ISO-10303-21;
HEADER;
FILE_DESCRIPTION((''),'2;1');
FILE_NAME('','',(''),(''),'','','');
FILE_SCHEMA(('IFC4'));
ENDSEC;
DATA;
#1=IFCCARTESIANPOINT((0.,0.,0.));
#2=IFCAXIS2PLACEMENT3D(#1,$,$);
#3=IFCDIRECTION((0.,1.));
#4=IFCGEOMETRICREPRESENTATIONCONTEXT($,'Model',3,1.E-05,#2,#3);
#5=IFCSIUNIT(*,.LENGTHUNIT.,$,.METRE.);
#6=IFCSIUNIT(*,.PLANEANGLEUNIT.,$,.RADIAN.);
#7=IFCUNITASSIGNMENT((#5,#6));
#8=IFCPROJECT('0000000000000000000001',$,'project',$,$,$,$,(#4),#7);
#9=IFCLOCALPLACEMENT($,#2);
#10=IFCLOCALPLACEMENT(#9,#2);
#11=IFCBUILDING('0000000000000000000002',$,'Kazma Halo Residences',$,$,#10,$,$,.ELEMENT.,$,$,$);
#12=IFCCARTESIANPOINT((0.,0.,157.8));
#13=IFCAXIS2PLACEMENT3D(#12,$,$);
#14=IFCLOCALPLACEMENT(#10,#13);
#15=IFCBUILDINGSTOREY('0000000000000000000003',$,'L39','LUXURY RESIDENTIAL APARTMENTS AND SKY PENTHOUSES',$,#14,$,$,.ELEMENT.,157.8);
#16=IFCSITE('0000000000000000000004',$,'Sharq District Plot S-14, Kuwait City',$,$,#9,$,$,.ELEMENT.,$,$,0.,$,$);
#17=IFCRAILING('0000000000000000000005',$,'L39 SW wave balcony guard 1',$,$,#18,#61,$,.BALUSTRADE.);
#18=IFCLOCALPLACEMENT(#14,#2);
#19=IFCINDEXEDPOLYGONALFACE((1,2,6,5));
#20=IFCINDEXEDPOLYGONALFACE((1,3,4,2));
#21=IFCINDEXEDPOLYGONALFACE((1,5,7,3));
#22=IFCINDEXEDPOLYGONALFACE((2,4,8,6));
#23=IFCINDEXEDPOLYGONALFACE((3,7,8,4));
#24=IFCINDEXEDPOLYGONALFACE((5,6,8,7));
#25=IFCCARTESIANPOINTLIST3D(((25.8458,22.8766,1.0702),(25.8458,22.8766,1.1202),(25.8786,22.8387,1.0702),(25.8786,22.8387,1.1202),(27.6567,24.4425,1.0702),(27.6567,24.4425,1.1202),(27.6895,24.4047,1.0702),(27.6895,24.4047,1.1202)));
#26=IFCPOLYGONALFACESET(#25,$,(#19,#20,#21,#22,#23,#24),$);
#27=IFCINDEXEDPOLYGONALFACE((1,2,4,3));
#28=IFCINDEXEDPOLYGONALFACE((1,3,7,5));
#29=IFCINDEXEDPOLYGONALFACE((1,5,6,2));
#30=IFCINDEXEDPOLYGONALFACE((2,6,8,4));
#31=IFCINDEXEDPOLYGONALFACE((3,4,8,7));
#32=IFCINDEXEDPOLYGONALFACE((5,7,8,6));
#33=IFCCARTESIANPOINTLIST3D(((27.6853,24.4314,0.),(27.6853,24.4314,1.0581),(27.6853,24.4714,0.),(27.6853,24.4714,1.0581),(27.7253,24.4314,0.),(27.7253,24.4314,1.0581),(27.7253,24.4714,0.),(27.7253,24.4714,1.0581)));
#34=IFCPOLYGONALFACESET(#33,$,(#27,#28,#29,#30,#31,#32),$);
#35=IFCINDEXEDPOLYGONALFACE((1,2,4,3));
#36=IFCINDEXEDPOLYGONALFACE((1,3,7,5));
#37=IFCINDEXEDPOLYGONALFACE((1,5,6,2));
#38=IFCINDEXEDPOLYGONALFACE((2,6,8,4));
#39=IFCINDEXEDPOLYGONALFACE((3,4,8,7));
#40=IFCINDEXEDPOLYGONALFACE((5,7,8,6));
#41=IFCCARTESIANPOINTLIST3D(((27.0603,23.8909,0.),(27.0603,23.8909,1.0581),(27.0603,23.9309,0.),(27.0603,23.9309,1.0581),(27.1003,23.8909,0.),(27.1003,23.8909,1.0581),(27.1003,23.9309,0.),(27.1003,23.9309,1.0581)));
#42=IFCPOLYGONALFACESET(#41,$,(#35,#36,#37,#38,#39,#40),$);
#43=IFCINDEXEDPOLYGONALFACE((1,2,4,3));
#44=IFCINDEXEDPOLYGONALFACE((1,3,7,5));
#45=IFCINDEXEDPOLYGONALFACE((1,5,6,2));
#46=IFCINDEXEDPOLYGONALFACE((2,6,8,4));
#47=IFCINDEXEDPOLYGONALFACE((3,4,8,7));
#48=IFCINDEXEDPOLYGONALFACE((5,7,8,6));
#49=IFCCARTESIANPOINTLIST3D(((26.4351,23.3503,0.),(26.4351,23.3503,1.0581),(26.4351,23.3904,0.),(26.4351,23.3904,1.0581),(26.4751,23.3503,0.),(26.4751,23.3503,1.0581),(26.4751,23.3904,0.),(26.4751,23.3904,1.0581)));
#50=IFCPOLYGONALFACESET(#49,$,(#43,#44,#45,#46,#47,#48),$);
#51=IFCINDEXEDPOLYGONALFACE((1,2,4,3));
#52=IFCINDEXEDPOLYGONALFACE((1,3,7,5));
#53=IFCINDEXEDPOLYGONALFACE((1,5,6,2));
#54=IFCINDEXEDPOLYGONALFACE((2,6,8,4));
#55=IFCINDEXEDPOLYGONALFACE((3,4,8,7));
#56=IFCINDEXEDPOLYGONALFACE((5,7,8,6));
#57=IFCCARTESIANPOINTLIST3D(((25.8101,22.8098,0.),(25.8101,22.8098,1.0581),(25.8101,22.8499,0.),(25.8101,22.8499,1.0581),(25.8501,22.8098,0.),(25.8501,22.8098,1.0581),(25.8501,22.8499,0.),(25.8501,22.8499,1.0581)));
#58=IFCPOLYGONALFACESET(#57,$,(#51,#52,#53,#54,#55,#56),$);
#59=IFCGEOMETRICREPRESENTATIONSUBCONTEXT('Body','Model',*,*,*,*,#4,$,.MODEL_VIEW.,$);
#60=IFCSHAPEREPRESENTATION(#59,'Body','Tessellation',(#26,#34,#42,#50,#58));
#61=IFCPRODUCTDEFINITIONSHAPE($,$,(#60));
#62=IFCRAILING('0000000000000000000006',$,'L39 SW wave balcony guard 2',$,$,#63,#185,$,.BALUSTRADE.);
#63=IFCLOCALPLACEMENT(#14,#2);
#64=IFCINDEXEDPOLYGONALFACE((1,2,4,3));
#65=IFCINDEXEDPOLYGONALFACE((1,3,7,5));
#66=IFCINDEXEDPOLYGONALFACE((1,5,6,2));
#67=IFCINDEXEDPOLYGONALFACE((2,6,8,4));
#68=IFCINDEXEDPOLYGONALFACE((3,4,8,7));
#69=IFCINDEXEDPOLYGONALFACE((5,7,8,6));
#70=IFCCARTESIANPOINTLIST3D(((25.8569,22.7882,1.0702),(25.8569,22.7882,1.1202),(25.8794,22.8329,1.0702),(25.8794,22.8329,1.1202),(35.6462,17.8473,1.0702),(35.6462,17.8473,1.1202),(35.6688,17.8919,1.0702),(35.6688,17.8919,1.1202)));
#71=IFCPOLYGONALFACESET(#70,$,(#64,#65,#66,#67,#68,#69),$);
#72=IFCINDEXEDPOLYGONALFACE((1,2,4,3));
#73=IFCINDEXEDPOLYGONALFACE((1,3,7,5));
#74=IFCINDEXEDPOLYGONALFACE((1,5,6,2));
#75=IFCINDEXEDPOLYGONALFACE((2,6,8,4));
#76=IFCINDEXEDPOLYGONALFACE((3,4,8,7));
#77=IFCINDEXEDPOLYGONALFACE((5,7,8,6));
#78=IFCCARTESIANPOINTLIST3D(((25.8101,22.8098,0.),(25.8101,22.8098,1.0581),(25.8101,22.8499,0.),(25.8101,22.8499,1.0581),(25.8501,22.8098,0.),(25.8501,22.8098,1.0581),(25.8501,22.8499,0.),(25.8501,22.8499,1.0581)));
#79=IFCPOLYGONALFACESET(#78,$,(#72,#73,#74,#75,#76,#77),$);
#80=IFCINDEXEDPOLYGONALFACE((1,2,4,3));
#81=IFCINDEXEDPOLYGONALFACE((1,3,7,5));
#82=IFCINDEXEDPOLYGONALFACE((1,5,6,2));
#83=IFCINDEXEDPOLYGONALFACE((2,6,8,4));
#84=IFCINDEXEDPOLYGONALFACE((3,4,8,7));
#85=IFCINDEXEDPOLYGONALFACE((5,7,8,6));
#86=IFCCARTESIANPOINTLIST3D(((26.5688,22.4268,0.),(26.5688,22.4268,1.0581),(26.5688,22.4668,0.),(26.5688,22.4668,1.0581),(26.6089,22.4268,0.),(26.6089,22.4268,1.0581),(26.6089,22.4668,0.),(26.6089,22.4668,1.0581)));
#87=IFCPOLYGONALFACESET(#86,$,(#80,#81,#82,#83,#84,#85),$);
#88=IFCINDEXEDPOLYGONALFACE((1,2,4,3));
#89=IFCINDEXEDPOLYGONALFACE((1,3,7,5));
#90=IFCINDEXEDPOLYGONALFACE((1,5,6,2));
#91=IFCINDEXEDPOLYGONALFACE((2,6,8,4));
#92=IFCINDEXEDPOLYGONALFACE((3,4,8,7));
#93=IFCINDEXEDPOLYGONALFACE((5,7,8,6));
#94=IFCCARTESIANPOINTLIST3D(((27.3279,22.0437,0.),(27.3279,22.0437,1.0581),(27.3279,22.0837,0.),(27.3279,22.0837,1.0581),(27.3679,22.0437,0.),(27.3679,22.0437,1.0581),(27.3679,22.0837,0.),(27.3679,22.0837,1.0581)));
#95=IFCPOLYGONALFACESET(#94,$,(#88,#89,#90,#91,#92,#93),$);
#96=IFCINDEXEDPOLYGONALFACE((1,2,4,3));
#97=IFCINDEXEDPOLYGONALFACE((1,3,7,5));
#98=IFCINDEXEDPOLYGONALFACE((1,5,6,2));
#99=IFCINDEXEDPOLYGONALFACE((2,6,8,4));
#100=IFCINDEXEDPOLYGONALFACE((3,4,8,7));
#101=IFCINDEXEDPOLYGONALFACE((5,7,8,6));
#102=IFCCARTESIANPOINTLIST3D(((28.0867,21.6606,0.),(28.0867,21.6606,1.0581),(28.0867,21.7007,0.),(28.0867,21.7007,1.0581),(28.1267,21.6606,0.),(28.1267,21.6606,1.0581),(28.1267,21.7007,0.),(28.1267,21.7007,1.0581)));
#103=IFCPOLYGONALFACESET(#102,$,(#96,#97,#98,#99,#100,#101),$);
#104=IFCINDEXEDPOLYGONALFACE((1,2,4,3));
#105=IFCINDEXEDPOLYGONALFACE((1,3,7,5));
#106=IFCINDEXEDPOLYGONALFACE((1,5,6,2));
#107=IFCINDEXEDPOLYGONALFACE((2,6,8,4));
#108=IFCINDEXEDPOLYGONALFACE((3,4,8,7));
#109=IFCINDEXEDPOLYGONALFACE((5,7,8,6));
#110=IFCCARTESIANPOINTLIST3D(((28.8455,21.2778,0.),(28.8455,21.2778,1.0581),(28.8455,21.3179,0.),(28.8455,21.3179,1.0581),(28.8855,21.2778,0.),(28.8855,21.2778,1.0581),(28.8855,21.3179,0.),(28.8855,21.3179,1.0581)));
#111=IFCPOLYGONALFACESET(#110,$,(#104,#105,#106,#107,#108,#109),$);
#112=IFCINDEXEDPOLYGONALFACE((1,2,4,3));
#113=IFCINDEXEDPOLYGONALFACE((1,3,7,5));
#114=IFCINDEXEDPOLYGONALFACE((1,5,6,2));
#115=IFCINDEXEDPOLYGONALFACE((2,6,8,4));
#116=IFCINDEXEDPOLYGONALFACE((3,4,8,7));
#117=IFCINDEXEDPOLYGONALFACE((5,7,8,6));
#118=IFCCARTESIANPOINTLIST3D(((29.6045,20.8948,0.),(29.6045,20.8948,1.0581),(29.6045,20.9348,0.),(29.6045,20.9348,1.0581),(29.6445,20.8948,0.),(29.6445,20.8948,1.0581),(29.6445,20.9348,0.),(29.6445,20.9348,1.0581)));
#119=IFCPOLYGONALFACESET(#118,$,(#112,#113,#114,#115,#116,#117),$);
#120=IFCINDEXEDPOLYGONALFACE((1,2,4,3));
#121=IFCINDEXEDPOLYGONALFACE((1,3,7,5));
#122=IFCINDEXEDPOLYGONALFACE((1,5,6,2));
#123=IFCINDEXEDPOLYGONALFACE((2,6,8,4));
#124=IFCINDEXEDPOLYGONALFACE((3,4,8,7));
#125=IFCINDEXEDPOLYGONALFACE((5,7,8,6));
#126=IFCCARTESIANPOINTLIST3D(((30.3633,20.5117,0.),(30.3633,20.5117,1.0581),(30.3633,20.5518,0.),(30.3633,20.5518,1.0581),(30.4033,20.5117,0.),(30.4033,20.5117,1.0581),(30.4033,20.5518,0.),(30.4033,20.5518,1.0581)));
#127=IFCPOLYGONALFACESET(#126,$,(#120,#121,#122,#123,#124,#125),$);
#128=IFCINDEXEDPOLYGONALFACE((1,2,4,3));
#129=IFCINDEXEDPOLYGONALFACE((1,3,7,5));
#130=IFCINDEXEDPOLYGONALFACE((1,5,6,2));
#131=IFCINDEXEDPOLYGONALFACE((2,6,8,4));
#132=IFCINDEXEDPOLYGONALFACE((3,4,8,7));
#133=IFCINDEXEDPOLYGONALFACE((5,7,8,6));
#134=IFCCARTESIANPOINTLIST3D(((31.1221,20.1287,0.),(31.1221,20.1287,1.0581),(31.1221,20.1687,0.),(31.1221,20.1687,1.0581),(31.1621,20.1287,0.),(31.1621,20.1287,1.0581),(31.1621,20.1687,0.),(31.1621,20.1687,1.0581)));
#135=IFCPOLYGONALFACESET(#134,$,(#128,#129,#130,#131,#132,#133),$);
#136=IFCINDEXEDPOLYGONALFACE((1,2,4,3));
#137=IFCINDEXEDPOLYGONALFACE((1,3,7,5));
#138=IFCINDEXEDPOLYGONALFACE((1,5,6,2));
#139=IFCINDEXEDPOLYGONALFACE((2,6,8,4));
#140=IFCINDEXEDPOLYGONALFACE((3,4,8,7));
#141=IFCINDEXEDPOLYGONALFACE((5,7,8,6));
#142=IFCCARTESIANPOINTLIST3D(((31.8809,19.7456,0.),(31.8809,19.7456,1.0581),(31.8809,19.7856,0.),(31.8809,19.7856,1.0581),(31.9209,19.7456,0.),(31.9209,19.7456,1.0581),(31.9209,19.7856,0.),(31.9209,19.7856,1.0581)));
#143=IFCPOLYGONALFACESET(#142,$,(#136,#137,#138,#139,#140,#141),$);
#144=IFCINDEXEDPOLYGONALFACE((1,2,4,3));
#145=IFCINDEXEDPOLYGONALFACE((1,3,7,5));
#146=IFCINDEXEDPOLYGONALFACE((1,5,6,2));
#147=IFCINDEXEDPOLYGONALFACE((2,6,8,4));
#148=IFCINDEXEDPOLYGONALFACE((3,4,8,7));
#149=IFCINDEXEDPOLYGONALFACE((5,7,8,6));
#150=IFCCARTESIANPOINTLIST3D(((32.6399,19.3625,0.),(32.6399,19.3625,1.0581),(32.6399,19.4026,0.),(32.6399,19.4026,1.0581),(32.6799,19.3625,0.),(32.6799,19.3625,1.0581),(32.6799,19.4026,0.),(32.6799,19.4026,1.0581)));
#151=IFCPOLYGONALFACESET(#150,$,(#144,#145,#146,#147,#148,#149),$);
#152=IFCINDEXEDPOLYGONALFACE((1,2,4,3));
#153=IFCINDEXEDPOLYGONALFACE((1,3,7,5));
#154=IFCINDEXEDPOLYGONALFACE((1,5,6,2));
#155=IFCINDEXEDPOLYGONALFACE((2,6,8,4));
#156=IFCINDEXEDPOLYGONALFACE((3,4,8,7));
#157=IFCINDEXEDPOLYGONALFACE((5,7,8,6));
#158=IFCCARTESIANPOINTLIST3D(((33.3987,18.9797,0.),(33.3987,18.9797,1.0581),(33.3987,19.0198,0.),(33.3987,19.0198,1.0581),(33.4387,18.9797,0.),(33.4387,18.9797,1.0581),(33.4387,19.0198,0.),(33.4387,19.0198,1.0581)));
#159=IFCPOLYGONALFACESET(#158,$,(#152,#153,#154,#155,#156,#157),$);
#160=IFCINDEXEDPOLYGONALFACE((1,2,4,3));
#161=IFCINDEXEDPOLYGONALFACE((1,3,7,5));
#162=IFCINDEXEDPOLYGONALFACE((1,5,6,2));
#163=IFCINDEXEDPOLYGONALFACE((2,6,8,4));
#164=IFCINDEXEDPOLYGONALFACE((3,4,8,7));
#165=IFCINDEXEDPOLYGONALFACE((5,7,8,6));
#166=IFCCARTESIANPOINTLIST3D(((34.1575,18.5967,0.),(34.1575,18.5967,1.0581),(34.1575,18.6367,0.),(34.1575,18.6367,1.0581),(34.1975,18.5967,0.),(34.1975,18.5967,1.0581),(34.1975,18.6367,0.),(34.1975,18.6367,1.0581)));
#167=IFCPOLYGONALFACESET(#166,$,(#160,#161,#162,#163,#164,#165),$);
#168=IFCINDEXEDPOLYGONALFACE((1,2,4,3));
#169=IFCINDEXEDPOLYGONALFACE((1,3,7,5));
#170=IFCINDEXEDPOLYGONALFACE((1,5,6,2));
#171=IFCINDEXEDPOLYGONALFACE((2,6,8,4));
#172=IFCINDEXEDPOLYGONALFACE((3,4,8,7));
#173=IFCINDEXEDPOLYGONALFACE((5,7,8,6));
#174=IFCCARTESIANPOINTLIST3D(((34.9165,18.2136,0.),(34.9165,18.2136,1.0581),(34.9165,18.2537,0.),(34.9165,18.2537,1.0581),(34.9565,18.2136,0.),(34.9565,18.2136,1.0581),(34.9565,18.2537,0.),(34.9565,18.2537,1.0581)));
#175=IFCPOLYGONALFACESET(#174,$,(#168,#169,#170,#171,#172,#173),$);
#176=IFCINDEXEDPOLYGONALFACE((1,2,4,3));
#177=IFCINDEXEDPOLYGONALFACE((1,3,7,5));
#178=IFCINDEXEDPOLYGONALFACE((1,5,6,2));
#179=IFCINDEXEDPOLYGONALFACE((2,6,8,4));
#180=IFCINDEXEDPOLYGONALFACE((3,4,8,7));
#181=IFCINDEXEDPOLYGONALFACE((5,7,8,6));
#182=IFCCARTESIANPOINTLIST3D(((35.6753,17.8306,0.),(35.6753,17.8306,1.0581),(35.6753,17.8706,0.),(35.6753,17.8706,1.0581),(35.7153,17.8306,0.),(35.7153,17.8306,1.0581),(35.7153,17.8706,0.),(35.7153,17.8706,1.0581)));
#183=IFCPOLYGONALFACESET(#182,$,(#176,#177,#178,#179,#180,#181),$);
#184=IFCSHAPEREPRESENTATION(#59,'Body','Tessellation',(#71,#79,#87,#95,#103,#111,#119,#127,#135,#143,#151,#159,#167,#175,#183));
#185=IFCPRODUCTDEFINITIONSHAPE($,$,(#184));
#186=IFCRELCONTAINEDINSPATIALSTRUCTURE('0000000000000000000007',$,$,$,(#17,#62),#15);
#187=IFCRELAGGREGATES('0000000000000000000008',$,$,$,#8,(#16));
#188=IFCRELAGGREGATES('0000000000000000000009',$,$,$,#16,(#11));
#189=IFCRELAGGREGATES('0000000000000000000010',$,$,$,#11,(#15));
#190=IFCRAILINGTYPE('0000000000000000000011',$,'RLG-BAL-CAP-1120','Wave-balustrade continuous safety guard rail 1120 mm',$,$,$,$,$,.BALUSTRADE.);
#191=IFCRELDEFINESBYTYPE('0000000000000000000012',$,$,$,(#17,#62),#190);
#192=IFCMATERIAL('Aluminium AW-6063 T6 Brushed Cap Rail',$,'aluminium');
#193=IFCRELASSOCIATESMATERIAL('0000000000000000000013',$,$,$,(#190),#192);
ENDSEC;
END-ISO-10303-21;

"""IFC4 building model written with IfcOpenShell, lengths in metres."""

from ifc_helpers import new_model, si_unit, direction, frame, origin, origin_2d, place, context, subcontext, project, spatial, rectangle, extrude, material, type_object, element, save


model = new_model("IFC4")

# Units and contexts
model_context = context("Model", 3, precision=1e-05, world=origin(), true_north=direction((0.0, 1.0)))
body_context = subcontext(model_context, "Body", "Model", "MODEL_VIEW")
ifc_project = project(units=[si_unit("LENGTHUNIT", "METRE"), si_unit("PLANEANGLEUNIT", "RADIAN")], contexts=[model_context])

# Site, building, storey
site_placement = place(None, origin())
site = spatial("IfcSite", under=ifc_project, at=site_placement, Name="Sharq District Plot S-14, Kuwait City", CompositionType="ELEMENT", RefElevation=0.0)
building_placement = place(site_placement, origin())
building = spatial("IfcBuilding", under=site, at=building_placement, Name="Kazma Halo Residences", CompositionType="ELEMENT")
storey_placement = place(building_placement, frame((0.0, 0.0, 157.8)))
storey = spatial("IfcBuildingStorey", under=building, at=storey_placement, Name="L39", Description="LUXURY RESIDENTIAL APARTMENTS AND SKY PENTHOUSES", CompositionType="ELEMENT", Elevation=157.8)

# Railings
ifc_material_1 = material(Name="Aluminium AW-6063 T6 Brushed Cap Rail", Category="aluminium")
railing_type = type_object("IfcRailingType", Name="RLG-BAL-CAP-1120", Description="Wave-balustrade continuous safety guard rail 1120 mm", PredefinedType="BALUSTRADE", material=ifc_material_1)
railing_1_placement = place(storey_placement, frame((27.7053, 24.4514, 0.0)))
element("IfcRailing", 1, at=railing_1_placement, inside=storey, type_object=railing_type, Name="L39 SW wave balcony guard 1", PredefinedType="BALUSTRADE", context=body_context, shape_type="SweptSolid", body=[
    extrude(rectangle(XDim=0.05, YDim=0.05, at=origin_2d()), frame((-0.0322, -0.0278, 1.0952), z_axis=(-0.756413, -0.654094, 0.0), x_axis=(0.654094, -0.756413, 0.0)), (0.0, 0.0, 1.0), 2.394),
    extrude(rectangle(XDim=0.04, YDim=0.04, at=origin_2d()), origin(), (0.0, 0.0, 1.0), 1.0581),
    extrude(rectangle(XDim=0.04, YDim=0.04, at=origin_2d()), frame((-0.625, -0.5405, 0.0)), (0.0, 0.0, 1.0), 1.0581),
    extrude(rectangle(XDim=0.04, YDim=0.04, at=origin_2d()), frame((-1.2502, -1.0811, 0.0)), (0.0, 0.0, 1.0), 1.0581),
    extrude(rectangle(XDim=0.04, YDim=0.04, at=origin_2d()), frame((-1.8752, -1.6216, 0.0)), (0.0, 0.0, 1.0), 1.0581),
])
railing_2_placement = place(storey_placement, frame((25.8301, 22.8298, 0.0)))
element("IfcRailing", 2, at=railing_2_placement, inside=storey, type_object=railing_type, Name="L39 SW wave balcony guard 2", PredefinedType="BALUSTRADE", context=body_context, shape_type="SweptSolid", body=[
    extrude(rectangle(XDim=0.05, YDim=0.05, at=origin_2d()), frame((0.0381, -0.0193, 1.0952), z_axis=(0.892733, -0.450586, 0.0), x_axis=(0.450586, 0.892733, 0.0)), (0.0, 0.0, 1.0), 10.9656),
    extrude(rectangle(XDim=0.04, YDim=0.04, at=origin_2d()), origin(), (0.0, 0.0, 1.0), 1.0581),
    extrude(rectangle(XDim=0.04, YDim=0.04, at=origin_2d()), frame((0.7588, -0.3831, 0.0)), (0.0, 0.0, 1.0), 1.0581),
    extrude(rectangle(XDim=0.04, YDim=0.04, at=origin_2d()), frame((1.5178, -0.7661, 0.0)), (0.0, 0.0, 1.0), 1.0581),
    extrude(rectangle(XDim=0.04, YDim=0.04, at=origin_2d()), frame((2.2766, -1.1492, 0.0)), (0.0, 0.0, 1.0), 1.0581),
    extrude(rectangle(XDim=0.04, YDim=0.04, at=origin_2d()), frame((3.0354, -1.532, 0.0)), (0.0, 0.0, 1.0), 1.0581),
    extrude(rectangle(XDim=0.04, YDim=0.04, at=origin_2d()), frame((3.7944, -1.915, 0.0)), (0.0, 0.0, 1.0), 1.0581),
    extrude(rectangle(XDim=0.04, YDim=0.04, at=origin_2d()), frame((4.5532, -2.2981, 0.0)), (0.0, 0.0, 1.0), 1.0581),
    extrude(rectangle(XDim=0.04, YDim=0.04, at=origin_2d()), frame((5.312, -2.6812, 0.0)), (0.0, 0.0, 1.0), 1.0581),
    extrude(rectangle(XDim=0.04, YDim=0.04, at=origin_2d()), frame((6.0708, -3.0642, 0.0)), (0.0, 0.0, 1.0), 1.0581),
    extrude(rectangle(XDim=0.04, YDim=0.04, at=origin_2d()), frame((6.8298, -3.4473, 0.0)), (0.0, 0.0, 1.0), 1.0581),
    extrude(rectangle(XDim=0.04, YDim=0.04, at=origin_2d()), frame((7.5886, -3.8301, 0.0)), (0.0, 0.0, 1.0), 1.0581),
    extrude(rectangle(XDim=0.04, YDim=0.04, at=origin_2d()), frame((8.3474, -4.2131, 0.0)), (0.0, 0.0, 1.0), 1.0581),
    extrude(rectangle(XDim=0.04, YDim=0.04, at=origin_2d()), frame((9.1064, -4.5962, 0.0)), (0.0, 0.0, 1.0), 1.0581),
    extrude(rectangle(XDim=0.04, YDim=0.04, at=origin_2d()), frame((9.8652, -4.9792, 0.0)), (0.0, 0.0, 1.0), 1.0581),
])

save(model, "model.ifc")
